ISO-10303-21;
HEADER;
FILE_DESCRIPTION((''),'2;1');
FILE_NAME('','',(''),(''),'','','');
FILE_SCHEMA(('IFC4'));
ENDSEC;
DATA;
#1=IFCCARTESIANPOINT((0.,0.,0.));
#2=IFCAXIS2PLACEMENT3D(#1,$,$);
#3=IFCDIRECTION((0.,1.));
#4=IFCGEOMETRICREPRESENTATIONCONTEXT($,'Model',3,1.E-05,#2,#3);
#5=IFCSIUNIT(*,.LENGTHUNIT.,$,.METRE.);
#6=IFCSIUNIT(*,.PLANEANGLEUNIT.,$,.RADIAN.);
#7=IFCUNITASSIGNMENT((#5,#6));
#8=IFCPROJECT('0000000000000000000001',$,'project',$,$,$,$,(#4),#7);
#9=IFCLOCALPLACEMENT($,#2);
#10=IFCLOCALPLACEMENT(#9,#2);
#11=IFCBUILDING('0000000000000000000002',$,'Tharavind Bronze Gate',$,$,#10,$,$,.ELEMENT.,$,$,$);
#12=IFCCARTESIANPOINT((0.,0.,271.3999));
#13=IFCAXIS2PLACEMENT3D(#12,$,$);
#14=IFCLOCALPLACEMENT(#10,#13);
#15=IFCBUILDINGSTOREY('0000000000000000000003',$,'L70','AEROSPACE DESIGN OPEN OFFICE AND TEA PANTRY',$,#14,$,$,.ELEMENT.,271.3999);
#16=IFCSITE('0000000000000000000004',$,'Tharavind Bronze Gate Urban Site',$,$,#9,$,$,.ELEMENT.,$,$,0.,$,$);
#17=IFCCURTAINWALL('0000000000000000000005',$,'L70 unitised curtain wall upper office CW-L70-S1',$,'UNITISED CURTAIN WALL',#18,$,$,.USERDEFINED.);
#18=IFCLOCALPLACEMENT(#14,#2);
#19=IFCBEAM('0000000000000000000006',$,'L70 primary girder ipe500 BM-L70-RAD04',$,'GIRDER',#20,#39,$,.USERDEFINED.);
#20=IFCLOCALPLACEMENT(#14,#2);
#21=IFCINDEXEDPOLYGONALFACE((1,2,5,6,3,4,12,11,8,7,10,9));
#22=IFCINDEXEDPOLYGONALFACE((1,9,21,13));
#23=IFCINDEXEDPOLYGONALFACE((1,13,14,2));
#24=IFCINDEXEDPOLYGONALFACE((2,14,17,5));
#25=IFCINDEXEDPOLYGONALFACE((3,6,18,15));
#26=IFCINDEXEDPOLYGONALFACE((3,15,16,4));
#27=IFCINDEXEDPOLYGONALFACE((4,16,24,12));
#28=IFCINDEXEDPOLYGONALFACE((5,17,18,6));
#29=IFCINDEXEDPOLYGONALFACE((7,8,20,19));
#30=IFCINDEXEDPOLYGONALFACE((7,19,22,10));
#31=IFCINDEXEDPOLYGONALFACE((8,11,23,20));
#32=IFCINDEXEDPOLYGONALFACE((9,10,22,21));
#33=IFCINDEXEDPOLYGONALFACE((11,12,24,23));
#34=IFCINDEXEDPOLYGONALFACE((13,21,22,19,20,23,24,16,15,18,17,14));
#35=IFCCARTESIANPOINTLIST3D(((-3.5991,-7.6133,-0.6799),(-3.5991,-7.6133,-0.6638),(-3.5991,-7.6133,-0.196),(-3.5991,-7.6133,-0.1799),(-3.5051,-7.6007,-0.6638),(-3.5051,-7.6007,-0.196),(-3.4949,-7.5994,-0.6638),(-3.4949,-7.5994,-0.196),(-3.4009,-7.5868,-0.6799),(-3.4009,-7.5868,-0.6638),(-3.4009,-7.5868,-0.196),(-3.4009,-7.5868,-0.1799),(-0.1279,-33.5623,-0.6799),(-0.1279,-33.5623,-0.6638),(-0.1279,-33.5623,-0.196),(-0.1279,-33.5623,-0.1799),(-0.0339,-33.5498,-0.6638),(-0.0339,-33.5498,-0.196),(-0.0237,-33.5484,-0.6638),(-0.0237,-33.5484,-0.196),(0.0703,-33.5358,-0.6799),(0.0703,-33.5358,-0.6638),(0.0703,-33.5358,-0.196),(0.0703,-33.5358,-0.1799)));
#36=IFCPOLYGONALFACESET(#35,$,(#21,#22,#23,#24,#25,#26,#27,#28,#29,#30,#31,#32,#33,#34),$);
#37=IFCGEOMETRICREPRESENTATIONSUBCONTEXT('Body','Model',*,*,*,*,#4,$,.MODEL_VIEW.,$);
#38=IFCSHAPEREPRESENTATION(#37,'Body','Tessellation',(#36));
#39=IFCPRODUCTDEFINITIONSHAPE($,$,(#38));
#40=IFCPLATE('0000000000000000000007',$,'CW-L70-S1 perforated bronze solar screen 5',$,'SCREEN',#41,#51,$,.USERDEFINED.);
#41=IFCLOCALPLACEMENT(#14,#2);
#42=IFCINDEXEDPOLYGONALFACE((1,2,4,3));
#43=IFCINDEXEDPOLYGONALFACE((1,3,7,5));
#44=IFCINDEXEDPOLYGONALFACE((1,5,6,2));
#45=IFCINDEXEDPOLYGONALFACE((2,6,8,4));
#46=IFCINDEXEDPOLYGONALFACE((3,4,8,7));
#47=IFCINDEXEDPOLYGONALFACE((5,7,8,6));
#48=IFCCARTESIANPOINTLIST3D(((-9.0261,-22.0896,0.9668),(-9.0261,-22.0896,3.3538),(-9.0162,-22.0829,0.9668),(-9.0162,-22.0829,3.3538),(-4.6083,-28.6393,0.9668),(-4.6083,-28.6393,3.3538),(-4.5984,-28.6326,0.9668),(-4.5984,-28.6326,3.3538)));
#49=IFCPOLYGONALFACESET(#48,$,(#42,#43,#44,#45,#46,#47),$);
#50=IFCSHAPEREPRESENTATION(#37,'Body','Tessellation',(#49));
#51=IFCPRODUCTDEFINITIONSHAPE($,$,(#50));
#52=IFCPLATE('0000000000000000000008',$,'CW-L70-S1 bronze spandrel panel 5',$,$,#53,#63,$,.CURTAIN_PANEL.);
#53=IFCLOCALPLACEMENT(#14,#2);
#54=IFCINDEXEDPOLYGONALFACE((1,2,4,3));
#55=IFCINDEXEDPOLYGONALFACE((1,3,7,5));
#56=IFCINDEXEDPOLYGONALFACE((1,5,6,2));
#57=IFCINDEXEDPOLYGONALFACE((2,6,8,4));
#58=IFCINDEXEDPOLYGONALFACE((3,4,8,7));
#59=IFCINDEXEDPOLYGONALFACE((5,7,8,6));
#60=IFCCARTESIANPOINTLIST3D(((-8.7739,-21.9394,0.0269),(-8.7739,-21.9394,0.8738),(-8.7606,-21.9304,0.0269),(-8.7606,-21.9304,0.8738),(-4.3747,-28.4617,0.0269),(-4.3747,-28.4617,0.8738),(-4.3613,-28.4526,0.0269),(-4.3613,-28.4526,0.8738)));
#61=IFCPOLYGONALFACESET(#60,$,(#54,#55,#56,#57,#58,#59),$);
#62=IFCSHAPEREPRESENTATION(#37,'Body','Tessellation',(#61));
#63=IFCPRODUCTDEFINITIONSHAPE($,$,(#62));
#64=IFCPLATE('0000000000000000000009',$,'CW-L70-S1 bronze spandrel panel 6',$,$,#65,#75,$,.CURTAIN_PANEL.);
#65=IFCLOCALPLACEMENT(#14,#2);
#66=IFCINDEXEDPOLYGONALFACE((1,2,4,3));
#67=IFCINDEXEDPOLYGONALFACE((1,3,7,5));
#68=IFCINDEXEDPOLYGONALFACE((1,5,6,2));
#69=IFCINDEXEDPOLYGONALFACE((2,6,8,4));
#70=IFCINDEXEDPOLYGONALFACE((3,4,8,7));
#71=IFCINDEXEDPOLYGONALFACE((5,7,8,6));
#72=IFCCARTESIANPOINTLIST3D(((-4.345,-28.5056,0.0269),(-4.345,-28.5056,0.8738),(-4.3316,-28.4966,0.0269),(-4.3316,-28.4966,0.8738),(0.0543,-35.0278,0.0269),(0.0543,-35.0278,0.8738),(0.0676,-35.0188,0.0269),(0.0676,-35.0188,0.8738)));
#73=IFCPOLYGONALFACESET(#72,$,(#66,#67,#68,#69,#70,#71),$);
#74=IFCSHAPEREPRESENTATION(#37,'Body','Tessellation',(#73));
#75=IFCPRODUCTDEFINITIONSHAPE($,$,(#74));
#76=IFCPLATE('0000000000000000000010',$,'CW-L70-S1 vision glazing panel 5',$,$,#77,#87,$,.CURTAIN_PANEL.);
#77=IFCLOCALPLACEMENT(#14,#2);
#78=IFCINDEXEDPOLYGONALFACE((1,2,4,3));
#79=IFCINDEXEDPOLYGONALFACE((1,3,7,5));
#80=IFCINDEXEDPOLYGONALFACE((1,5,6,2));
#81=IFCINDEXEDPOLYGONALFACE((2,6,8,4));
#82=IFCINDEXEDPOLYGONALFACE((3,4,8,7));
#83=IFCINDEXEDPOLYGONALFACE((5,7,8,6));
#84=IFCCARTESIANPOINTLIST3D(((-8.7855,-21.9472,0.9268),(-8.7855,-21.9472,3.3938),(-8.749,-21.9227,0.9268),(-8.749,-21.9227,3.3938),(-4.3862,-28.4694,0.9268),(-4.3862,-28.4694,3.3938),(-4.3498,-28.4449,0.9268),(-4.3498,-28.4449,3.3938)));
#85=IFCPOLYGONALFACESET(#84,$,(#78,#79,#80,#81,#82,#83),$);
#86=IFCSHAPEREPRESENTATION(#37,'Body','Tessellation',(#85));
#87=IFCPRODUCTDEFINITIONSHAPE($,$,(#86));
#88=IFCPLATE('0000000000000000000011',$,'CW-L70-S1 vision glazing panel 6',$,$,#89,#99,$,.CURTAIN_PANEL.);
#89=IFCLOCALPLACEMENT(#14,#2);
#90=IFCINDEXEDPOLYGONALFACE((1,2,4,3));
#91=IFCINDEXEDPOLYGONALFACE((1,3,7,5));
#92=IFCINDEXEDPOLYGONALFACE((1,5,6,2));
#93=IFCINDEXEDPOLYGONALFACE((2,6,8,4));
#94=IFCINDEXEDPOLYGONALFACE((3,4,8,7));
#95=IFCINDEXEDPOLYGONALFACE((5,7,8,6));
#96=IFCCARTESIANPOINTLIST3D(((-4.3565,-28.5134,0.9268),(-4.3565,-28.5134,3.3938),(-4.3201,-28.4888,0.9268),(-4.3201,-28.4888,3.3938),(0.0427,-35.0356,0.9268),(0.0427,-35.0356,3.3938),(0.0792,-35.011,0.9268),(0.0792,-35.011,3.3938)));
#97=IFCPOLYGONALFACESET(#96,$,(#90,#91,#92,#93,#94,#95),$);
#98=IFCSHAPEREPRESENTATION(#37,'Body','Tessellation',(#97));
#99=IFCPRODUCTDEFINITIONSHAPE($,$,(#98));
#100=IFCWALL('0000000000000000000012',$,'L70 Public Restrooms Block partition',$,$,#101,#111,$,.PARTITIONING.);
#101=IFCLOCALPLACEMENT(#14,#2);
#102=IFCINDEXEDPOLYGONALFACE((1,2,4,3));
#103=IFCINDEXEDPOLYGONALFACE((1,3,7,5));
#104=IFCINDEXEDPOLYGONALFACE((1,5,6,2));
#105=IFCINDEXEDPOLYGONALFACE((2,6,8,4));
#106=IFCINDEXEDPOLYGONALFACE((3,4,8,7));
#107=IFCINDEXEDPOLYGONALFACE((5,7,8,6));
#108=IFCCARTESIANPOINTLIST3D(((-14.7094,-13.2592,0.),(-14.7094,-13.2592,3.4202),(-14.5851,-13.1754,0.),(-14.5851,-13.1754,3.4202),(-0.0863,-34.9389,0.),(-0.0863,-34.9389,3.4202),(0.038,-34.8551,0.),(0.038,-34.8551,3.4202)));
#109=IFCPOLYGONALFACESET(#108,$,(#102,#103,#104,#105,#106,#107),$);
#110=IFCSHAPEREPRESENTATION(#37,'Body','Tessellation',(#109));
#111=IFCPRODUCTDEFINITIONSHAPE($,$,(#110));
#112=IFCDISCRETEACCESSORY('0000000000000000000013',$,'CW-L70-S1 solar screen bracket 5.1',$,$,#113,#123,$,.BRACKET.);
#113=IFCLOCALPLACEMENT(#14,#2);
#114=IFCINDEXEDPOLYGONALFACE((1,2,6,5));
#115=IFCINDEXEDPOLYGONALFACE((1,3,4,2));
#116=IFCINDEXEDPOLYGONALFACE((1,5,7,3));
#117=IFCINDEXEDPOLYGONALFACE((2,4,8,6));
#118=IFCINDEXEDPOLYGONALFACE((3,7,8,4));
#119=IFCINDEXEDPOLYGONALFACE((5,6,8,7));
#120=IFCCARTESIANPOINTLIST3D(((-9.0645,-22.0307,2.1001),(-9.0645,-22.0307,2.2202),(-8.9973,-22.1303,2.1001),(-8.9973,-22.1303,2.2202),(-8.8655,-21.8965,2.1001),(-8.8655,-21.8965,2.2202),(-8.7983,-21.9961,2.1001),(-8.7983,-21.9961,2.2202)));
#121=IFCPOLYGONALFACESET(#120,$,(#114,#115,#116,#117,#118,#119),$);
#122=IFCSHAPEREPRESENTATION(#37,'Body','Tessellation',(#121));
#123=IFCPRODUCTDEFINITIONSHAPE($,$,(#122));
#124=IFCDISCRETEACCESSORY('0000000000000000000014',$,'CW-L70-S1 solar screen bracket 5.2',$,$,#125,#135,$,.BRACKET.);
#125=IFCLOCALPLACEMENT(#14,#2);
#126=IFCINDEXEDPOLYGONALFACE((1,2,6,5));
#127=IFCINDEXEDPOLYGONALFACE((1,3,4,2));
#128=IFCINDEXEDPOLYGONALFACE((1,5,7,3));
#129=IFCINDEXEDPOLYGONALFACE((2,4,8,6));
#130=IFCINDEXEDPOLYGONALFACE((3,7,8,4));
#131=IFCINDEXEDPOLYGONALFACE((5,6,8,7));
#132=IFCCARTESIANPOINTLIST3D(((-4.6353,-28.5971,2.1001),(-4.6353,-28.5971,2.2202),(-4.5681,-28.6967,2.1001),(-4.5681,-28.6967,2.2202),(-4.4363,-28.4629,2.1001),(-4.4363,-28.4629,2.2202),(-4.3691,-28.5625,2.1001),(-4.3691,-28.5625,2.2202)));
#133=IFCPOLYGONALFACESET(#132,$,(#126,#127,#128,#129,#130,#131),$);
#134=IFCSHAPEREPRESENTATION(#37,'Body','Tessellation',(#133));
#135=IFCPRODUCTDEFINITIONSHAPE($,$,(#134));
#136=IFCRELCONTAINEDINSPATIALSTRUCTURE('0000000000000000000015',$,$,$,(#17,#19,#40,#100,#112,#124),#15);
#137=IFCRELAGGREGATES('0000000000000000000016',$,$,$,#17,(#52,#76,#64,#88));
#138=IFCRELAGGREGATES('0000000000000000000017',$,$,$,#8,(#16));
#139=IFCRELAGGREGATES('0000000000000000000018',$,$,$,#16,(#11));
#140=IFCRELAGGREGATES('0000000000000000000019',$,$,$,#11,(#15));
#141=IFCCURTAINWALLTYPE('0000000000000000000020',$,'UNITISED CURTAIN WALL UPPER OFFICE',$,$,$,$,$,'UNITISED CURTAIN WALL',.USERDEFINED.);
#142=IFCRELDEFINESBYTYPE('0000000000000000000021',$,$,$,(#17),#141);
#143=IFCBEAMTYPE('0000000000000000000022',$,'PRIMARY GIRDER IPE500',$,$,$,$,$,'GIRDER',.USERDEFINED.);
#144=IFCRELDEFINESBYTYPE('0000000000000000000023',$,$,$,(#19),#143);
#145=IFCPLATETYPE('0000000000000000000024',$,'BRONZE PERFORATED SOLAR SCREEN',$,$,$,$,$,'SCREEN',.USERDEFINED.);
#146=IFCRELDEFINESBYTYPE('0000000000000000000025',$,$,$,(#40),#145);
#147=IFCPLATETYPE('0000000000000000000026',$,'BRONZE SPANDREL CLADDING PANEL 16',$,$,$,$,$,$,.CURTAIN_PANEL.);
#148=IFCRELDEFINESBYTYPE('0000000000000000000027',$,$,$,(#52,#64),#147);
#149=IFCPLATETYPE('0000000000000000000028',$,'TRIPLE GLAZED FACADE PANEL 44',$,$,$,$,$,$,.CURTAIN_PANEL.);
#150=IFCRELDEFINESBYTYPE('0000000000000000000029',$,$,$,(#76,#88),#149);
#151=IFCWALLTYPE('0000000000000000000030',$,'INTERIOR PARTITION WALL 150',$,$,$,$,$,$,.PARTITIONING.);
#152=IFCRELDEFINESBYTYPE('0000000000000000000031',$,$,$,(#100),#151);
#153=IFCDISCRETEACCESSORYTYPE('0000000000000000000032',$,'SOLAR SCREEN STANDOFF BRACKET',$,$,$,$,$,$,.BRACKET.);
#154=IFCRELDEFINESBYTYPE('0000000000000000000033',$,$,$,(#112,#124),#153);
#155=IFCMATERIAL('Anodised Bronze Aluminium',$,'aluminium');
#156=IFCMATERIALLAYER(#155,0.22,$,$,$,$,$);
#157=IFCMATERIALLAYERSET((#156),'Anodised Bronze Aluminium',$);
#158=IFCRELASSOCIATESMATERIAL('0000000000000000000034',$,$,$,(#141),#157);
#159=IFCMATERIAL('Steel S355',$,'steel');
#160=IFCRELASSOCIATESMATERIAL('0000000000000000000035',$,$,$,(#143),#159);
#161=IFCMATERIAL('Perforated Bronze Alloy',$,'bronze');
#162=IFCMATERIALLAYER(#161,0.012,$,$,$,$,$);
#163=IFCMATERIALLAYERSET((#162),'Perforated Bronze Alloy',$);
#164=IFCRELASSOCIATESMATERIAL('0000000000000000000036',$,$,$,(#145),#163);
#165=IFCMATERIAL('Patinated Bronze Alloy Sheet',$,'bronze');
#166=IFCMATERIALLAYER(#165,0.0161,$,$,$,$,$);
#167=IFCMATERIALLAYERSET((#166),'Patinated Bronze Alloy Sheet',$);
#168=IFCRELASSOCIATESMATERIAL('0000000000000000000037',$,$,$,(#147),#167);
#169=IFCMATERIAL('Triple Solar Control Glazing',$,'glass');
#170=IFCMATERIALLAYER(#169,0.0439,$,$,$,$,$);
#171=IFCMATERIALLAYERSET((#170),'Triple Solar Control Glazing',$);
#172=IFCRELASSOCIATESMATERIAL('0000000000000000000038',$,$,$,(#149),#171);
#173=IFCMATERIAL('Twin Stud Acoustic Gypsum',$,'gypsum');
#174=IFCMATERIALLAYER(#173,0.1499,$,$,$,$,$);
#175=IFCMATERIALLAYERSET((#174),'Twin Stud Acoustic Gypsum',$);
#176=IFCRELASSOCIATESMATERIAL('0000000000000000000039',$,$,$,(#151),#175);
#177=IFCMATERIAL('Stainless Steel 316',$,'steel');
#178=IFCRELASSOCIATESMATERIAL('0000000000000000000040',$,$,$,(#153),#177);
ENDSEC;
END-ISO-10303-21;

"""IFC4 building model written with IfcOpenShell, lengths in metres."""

from ifc_helpers import new_model, si_unit, direction, frame, frame_2d, origin, origin_2d, place, context, subcontext, project, spatial, rectangle, i_section, extrude, material, layer, layer_set, material_profile, profile_set, type_object, element, aggregate, save


model = new_model("IFC4")

# Units and contexts
model_context = context("Model", 3, precision=1e-05, world=origin(), true_north=direction((0.0, 1.0)))
body_context = subcontext(model_context, "Body", "Model", "MODEL_VIEW")
ifc_project = project(units=[si_unit("LENGTHUNIT", "METRE"), si_unit("PLANEANGLEUNIT", "RADIAN")], contexts=[model_context])

# Site, building, storey
site_placement = place(None, origin())
site = spatial("IfcSite", under=ifc_project, at=site_placement, Name="Tharavind Bronze Gate Urban Site", CompositionType="ELEMENT", RefElevation=0.0)
building_placement = place(site_placement, origin())
building = spatial("IfcBuilding", under=site, at=building_placement, Name="Tharavind Bronze Gate", CompositionType="ELEMENT")
storey_placement = place(building_placement, frame((0.0, 0.0, 271.3999)))
storey = spatial("IfcBuildingStorey", under=building, at=storey_placement, Name="L70", Description="AEROSPACE DESIGN OPEN OFFICE AND TEA PANTRY", CompositionType="ELEMENT", Elevation=271.3999)

# Curtain wall
ifc_material_1 = material(Name="Anodised Bronze Aluminium", Category="aluminium")
ifc_layer_1 = layer(ifc_material_1, 0.22)
ifc_layer_set_1 = layer_set([ifc_layer_1], Name="Anodised Bronze Aluminium")
curtain_wall_type = type_object("IfcCurtainWallType", Name="UNITISED CURTAIN WALL UPPER OFFICE", ElementType="UNITISED CURTAIN WALL", PredefinedType="USERDEFINED", material=ifc_layer_set_1)
curtain_wall_placement = place(storey_placement, origin())
curtain_wall = element("IfcCurtainWall", 1, at=curtain_wall_placement, inside=storey, type_object=curtain_wall_type, Name="L70 unitised curtain wall upper office CW-L70-S1", ObjectType="UNITISED CURTAIN WALL", PredefinedType="USERDEFINED")

# Beam
ifc_material_2 = material(Name="Steel S355", Category="steel")
ifc_material_profile_1 = material_profile(ifc_material_2, i_section(OverallWidth=0.2, OverallDepth=0.5, WebThickness=0.0103, FlangeThickness=0.0161, at=origin_2d()), Name="IPE500")
ifc_profile_set_1 = profile_set([ifc_material_profile_1], Name="Steel S355")
beam_type_1 = type_object("IfcBeamType", Name="PRIMARY GIRDER IPE500", ElementType="GIRDER", PredefinedType="USERDEFINED", material=ifc_profile_set_1)
beam_1_placement = place(storey_placement, frame((-0.0288, -33.5491, -0.4299), z_axis=(-0.132589, 0.991171, 0.0), x_axis=(-0.991171, -0.132589, 0.0)))
element("IfcBeam", 2, at=beam_1_placement, inside=storey, type_object=beam_type_1, Name="L70 primary girder ipe500 BM-L70-RAD04", ObjectType="GIRDER", PredefinedType="USERDEFINED", context=body_context, shape_type="SweptSolid", body=[
    extrude(i_section(OverallWidth=0.2, OverallDepth=0.5, WebThickness=0.0103, FlangeThickness=0.0161, at=origin_2d()), origin(), (0.0, 0.0, 1.0), 26.1802),
])

# Plates
ifc_material_3 = material(Name="Perforated Bronze Alloy", Category="bronze")
ifc_layer_2 = layer(ifc_material_3, 0.012)
ifc_layer_set_2 = layer_set([ifc_layer_2], Name="Perforated Bronze Alloy")
plate_type_1 = type_object("IfcPlateType", Name="BRONZE PERFORATED SOLAR SCREEN", ElementType="SCREEN", PredefinedType="USERDEFINED", material=ifc_layer_set_2)
plate_1_placement = place(storey_placement, frame((-6.8123, -25.3611, 0.9668), z_axis=(0.0, 0.0, 1.0), x_axis=(0.559191, -0.829039, 0.0)))
element("IfcPlate", 3, at=plate_1_placement, inside=storey, type_object=plate_type_1, Name="CW-L70-S1 perforated bronze solar screen 5", ObjectType="SCREEN", PredefinedType="USERDEFINED", context=body_context, shape_type="SweptSolid", body=[
    extrude(rectangle(XDim=7.9004, YDim=0.012, at=origin_2d()), origin(), (0.0, 0.0, 1.0), 2.387),
])
ifc_material_4 = material(Name="Patinated Bronze Alloy Sheet", Category="bronze")
ifc_layer_3 = layer(ifc_material_4, 0.0161)
ifc_layer_set_3 = layer_set([ifc_layer_3], Name="Patinated Bronze Alloy Sheet")
plate_type_2 = type_object("IfcPlateType", Name="BRONZE SPANDREL CLADDING PANEL 16", PredefinedType="CURTAIN_PANEL", material=ifc_layer_set_3)
plate_2_placement = place(storey_placement, frame((-6.5676, -25.196, 0.0269), z_axis=(0.0, 0.0, 1.0), x_axis=(0.559191, -0.829039, 0.0)))
plate_2 = element("IfcPlate", 4, at=plate_2_placement, type_object=plate_type_2, Name="CW-L70-S1 bronze spandrel panel 5", PredefinedType="CURTAIN_PANEL", context=body_context, shape_type="SweptSolid", body=[
    extrude(rectangle(XDim=7.8672, YDim=0.0161, at=origin_2d()), origin(), (0.0, 0.0, 1.0), 0.8469),
])
plate_3_placement = place(storey_placement, frame((-2.1387, -31.7622, 0.0269), z_axis=(0.0, 0.0, 1.0), x_axis=(0.559191, -0.829039, 0.0)))
plate_3 = element("IfcPlate", 5, at=plate_3_placement, type_object=plate_type_2, Name="CW-L70-S1 bronze spandrel panel 6", PredefinedType="CURTAIN_PANEL", context=body_context, shape_type="SweptSolid", body=[
    extrude(rectangle(XDim=7.8672, YDim=0.0161, at=origin_2d()), origin(), (0.0, 0.0, 1.0), 0.8469),
])
ifc_material_5 = material(Name="Triple Solar Control Glazing", Category="glass")
ifc_layer_4 = layer(ifc_material_5, 0.0439)
ifc_layer_set_4 = layer_set([ifc_layer_4], Name="Triple Solar Control Glazing")
plate_type_3 = type_object("IfcPlateType", Name="TRIPLE GLAZED FACADE PANEL 44", PredefinedType="CURTAIN_PANEL", material=ifc_layer_set_4)
plate_4_placement = place(storey_placement, frame((-6.5676, -25.196, 0.9268), z_axis=(0.0, 0.0, 1.0), x_axis=(0.559191, -0.829039, 0.0)))
plate_4 = element("IfcPlate", 6, at=plate_4_placement, type_object=plate_type_3, Name="CW-L70-S1 vision glazing panel 5", PredefinedType="CURTAIN_PANEL", context=body_context, shape_type="SweptSolid", body=[
    extrude(rectangle(XDim=7.8672, YDim=0.0439, at=origin_2d()), origin(), (0.0, 0.0, 1.0), 2.467),
])
plate_5_placement = place(storey_placement, frame((-2.1387, -31.7622, 0.9268), z_axis=(0.0, 0.0, 1.0), x_axis=(0.559191, -0.829039, 0.0)))
plate_5 = element("IfcPlate", 7, at=plate_5_placement, type_object=plate_type_3, Name="CW-L70-S1 vision glazing panel 6", PredefinedType="CURTAIN_PANEL", context=body_context, shape_type="SweptSolid", body=[
    extrude(rectangle(XDim=7.8672, YDim=0.0439, at=origin_2d()), origin(), (0.0, 0.0, 1.0), 2.467),
])
aggregate(curtain_wall, [plate_2, plate_4, plate_3, plate_5])

# Wall
ifc_material_6 = material(Name="Twin Stud Acoustic Gypsum", Category="gypsum")
ifc_layer_5 = layer(ifc_material_6, 0.1499)
ifc_layer_set_5 = layer_set([ifc_layer_5], Name="Twin Stud Acoustic Gypsum")
wall_type = type_object("IfcWallType", Name="INTERIOR PARTITION WALL 150", PredefinedType="PARTITIONING", material=ifc_layer_set_5)
wall_placement = place(storey_placement, frame((-0.0242, -34.897, 0.0), z_axis=(0.0, 0.0, 1.0), x_axis=(-0.559191, 0.829039, 0.0)))
element("IfcWall", 8, at=wall_placement, inside=storey, type_object=wall_type, Name="L70 Public Restrooms Block partition", PredefinedType="PARTITIONING", context=body_context, shape_type="SweptSolid", body=[
    extrude(rectangle(XDim=26.1504, YDim=0.1499, at=frame_2d((13.0752, 0.0))), origin(), (0.0, 0.0, 1.0), 3.4202),
])

# Discrete accessories
ifc_material_7 = material(Name="Stainless Steel 316", Category="steel")
discrete_accessory_type = type_object("IfcDiscreteAccessoryType", Name="SOLAR SCREEN STANDOFF BRACKET", PredefinedType="BRACKET", material=ifc_material_7)
for number, where, z_axis, x_axis, name in (
    (9, (-8.9314, -22.0134, 2.1001), (0.0, 0.0, 1.0), (0.559191, -0.829039, 0.0), "CW-L70-S1 solar screen bracket 5.1"),
    (10, (-4.5022, -28.5798, 2.1001), (0.0, 0.0, 1.0), (0.559191, -0.829039, 0.0), "CW-L70-S1 solar screen bracket 5.2"),
):
    element("IfcDiscreteAccessory", number, at=place(storey_placement, frame(where, z_axis=z_axis, x_axis=x_axis)), inside=storey, type_object=discrete_accessory_type, Name=name, PredefinedType="BRACKET", context=body_context, shape_type="SweptSolid", body=[
        extrude(rectangle(XDim=0.1201, YDim=0.24, at=origin_2d()), origin(), (0.0, 0.0, 1.0), 0.1201),
    ])

save(model, "model.ifc")
